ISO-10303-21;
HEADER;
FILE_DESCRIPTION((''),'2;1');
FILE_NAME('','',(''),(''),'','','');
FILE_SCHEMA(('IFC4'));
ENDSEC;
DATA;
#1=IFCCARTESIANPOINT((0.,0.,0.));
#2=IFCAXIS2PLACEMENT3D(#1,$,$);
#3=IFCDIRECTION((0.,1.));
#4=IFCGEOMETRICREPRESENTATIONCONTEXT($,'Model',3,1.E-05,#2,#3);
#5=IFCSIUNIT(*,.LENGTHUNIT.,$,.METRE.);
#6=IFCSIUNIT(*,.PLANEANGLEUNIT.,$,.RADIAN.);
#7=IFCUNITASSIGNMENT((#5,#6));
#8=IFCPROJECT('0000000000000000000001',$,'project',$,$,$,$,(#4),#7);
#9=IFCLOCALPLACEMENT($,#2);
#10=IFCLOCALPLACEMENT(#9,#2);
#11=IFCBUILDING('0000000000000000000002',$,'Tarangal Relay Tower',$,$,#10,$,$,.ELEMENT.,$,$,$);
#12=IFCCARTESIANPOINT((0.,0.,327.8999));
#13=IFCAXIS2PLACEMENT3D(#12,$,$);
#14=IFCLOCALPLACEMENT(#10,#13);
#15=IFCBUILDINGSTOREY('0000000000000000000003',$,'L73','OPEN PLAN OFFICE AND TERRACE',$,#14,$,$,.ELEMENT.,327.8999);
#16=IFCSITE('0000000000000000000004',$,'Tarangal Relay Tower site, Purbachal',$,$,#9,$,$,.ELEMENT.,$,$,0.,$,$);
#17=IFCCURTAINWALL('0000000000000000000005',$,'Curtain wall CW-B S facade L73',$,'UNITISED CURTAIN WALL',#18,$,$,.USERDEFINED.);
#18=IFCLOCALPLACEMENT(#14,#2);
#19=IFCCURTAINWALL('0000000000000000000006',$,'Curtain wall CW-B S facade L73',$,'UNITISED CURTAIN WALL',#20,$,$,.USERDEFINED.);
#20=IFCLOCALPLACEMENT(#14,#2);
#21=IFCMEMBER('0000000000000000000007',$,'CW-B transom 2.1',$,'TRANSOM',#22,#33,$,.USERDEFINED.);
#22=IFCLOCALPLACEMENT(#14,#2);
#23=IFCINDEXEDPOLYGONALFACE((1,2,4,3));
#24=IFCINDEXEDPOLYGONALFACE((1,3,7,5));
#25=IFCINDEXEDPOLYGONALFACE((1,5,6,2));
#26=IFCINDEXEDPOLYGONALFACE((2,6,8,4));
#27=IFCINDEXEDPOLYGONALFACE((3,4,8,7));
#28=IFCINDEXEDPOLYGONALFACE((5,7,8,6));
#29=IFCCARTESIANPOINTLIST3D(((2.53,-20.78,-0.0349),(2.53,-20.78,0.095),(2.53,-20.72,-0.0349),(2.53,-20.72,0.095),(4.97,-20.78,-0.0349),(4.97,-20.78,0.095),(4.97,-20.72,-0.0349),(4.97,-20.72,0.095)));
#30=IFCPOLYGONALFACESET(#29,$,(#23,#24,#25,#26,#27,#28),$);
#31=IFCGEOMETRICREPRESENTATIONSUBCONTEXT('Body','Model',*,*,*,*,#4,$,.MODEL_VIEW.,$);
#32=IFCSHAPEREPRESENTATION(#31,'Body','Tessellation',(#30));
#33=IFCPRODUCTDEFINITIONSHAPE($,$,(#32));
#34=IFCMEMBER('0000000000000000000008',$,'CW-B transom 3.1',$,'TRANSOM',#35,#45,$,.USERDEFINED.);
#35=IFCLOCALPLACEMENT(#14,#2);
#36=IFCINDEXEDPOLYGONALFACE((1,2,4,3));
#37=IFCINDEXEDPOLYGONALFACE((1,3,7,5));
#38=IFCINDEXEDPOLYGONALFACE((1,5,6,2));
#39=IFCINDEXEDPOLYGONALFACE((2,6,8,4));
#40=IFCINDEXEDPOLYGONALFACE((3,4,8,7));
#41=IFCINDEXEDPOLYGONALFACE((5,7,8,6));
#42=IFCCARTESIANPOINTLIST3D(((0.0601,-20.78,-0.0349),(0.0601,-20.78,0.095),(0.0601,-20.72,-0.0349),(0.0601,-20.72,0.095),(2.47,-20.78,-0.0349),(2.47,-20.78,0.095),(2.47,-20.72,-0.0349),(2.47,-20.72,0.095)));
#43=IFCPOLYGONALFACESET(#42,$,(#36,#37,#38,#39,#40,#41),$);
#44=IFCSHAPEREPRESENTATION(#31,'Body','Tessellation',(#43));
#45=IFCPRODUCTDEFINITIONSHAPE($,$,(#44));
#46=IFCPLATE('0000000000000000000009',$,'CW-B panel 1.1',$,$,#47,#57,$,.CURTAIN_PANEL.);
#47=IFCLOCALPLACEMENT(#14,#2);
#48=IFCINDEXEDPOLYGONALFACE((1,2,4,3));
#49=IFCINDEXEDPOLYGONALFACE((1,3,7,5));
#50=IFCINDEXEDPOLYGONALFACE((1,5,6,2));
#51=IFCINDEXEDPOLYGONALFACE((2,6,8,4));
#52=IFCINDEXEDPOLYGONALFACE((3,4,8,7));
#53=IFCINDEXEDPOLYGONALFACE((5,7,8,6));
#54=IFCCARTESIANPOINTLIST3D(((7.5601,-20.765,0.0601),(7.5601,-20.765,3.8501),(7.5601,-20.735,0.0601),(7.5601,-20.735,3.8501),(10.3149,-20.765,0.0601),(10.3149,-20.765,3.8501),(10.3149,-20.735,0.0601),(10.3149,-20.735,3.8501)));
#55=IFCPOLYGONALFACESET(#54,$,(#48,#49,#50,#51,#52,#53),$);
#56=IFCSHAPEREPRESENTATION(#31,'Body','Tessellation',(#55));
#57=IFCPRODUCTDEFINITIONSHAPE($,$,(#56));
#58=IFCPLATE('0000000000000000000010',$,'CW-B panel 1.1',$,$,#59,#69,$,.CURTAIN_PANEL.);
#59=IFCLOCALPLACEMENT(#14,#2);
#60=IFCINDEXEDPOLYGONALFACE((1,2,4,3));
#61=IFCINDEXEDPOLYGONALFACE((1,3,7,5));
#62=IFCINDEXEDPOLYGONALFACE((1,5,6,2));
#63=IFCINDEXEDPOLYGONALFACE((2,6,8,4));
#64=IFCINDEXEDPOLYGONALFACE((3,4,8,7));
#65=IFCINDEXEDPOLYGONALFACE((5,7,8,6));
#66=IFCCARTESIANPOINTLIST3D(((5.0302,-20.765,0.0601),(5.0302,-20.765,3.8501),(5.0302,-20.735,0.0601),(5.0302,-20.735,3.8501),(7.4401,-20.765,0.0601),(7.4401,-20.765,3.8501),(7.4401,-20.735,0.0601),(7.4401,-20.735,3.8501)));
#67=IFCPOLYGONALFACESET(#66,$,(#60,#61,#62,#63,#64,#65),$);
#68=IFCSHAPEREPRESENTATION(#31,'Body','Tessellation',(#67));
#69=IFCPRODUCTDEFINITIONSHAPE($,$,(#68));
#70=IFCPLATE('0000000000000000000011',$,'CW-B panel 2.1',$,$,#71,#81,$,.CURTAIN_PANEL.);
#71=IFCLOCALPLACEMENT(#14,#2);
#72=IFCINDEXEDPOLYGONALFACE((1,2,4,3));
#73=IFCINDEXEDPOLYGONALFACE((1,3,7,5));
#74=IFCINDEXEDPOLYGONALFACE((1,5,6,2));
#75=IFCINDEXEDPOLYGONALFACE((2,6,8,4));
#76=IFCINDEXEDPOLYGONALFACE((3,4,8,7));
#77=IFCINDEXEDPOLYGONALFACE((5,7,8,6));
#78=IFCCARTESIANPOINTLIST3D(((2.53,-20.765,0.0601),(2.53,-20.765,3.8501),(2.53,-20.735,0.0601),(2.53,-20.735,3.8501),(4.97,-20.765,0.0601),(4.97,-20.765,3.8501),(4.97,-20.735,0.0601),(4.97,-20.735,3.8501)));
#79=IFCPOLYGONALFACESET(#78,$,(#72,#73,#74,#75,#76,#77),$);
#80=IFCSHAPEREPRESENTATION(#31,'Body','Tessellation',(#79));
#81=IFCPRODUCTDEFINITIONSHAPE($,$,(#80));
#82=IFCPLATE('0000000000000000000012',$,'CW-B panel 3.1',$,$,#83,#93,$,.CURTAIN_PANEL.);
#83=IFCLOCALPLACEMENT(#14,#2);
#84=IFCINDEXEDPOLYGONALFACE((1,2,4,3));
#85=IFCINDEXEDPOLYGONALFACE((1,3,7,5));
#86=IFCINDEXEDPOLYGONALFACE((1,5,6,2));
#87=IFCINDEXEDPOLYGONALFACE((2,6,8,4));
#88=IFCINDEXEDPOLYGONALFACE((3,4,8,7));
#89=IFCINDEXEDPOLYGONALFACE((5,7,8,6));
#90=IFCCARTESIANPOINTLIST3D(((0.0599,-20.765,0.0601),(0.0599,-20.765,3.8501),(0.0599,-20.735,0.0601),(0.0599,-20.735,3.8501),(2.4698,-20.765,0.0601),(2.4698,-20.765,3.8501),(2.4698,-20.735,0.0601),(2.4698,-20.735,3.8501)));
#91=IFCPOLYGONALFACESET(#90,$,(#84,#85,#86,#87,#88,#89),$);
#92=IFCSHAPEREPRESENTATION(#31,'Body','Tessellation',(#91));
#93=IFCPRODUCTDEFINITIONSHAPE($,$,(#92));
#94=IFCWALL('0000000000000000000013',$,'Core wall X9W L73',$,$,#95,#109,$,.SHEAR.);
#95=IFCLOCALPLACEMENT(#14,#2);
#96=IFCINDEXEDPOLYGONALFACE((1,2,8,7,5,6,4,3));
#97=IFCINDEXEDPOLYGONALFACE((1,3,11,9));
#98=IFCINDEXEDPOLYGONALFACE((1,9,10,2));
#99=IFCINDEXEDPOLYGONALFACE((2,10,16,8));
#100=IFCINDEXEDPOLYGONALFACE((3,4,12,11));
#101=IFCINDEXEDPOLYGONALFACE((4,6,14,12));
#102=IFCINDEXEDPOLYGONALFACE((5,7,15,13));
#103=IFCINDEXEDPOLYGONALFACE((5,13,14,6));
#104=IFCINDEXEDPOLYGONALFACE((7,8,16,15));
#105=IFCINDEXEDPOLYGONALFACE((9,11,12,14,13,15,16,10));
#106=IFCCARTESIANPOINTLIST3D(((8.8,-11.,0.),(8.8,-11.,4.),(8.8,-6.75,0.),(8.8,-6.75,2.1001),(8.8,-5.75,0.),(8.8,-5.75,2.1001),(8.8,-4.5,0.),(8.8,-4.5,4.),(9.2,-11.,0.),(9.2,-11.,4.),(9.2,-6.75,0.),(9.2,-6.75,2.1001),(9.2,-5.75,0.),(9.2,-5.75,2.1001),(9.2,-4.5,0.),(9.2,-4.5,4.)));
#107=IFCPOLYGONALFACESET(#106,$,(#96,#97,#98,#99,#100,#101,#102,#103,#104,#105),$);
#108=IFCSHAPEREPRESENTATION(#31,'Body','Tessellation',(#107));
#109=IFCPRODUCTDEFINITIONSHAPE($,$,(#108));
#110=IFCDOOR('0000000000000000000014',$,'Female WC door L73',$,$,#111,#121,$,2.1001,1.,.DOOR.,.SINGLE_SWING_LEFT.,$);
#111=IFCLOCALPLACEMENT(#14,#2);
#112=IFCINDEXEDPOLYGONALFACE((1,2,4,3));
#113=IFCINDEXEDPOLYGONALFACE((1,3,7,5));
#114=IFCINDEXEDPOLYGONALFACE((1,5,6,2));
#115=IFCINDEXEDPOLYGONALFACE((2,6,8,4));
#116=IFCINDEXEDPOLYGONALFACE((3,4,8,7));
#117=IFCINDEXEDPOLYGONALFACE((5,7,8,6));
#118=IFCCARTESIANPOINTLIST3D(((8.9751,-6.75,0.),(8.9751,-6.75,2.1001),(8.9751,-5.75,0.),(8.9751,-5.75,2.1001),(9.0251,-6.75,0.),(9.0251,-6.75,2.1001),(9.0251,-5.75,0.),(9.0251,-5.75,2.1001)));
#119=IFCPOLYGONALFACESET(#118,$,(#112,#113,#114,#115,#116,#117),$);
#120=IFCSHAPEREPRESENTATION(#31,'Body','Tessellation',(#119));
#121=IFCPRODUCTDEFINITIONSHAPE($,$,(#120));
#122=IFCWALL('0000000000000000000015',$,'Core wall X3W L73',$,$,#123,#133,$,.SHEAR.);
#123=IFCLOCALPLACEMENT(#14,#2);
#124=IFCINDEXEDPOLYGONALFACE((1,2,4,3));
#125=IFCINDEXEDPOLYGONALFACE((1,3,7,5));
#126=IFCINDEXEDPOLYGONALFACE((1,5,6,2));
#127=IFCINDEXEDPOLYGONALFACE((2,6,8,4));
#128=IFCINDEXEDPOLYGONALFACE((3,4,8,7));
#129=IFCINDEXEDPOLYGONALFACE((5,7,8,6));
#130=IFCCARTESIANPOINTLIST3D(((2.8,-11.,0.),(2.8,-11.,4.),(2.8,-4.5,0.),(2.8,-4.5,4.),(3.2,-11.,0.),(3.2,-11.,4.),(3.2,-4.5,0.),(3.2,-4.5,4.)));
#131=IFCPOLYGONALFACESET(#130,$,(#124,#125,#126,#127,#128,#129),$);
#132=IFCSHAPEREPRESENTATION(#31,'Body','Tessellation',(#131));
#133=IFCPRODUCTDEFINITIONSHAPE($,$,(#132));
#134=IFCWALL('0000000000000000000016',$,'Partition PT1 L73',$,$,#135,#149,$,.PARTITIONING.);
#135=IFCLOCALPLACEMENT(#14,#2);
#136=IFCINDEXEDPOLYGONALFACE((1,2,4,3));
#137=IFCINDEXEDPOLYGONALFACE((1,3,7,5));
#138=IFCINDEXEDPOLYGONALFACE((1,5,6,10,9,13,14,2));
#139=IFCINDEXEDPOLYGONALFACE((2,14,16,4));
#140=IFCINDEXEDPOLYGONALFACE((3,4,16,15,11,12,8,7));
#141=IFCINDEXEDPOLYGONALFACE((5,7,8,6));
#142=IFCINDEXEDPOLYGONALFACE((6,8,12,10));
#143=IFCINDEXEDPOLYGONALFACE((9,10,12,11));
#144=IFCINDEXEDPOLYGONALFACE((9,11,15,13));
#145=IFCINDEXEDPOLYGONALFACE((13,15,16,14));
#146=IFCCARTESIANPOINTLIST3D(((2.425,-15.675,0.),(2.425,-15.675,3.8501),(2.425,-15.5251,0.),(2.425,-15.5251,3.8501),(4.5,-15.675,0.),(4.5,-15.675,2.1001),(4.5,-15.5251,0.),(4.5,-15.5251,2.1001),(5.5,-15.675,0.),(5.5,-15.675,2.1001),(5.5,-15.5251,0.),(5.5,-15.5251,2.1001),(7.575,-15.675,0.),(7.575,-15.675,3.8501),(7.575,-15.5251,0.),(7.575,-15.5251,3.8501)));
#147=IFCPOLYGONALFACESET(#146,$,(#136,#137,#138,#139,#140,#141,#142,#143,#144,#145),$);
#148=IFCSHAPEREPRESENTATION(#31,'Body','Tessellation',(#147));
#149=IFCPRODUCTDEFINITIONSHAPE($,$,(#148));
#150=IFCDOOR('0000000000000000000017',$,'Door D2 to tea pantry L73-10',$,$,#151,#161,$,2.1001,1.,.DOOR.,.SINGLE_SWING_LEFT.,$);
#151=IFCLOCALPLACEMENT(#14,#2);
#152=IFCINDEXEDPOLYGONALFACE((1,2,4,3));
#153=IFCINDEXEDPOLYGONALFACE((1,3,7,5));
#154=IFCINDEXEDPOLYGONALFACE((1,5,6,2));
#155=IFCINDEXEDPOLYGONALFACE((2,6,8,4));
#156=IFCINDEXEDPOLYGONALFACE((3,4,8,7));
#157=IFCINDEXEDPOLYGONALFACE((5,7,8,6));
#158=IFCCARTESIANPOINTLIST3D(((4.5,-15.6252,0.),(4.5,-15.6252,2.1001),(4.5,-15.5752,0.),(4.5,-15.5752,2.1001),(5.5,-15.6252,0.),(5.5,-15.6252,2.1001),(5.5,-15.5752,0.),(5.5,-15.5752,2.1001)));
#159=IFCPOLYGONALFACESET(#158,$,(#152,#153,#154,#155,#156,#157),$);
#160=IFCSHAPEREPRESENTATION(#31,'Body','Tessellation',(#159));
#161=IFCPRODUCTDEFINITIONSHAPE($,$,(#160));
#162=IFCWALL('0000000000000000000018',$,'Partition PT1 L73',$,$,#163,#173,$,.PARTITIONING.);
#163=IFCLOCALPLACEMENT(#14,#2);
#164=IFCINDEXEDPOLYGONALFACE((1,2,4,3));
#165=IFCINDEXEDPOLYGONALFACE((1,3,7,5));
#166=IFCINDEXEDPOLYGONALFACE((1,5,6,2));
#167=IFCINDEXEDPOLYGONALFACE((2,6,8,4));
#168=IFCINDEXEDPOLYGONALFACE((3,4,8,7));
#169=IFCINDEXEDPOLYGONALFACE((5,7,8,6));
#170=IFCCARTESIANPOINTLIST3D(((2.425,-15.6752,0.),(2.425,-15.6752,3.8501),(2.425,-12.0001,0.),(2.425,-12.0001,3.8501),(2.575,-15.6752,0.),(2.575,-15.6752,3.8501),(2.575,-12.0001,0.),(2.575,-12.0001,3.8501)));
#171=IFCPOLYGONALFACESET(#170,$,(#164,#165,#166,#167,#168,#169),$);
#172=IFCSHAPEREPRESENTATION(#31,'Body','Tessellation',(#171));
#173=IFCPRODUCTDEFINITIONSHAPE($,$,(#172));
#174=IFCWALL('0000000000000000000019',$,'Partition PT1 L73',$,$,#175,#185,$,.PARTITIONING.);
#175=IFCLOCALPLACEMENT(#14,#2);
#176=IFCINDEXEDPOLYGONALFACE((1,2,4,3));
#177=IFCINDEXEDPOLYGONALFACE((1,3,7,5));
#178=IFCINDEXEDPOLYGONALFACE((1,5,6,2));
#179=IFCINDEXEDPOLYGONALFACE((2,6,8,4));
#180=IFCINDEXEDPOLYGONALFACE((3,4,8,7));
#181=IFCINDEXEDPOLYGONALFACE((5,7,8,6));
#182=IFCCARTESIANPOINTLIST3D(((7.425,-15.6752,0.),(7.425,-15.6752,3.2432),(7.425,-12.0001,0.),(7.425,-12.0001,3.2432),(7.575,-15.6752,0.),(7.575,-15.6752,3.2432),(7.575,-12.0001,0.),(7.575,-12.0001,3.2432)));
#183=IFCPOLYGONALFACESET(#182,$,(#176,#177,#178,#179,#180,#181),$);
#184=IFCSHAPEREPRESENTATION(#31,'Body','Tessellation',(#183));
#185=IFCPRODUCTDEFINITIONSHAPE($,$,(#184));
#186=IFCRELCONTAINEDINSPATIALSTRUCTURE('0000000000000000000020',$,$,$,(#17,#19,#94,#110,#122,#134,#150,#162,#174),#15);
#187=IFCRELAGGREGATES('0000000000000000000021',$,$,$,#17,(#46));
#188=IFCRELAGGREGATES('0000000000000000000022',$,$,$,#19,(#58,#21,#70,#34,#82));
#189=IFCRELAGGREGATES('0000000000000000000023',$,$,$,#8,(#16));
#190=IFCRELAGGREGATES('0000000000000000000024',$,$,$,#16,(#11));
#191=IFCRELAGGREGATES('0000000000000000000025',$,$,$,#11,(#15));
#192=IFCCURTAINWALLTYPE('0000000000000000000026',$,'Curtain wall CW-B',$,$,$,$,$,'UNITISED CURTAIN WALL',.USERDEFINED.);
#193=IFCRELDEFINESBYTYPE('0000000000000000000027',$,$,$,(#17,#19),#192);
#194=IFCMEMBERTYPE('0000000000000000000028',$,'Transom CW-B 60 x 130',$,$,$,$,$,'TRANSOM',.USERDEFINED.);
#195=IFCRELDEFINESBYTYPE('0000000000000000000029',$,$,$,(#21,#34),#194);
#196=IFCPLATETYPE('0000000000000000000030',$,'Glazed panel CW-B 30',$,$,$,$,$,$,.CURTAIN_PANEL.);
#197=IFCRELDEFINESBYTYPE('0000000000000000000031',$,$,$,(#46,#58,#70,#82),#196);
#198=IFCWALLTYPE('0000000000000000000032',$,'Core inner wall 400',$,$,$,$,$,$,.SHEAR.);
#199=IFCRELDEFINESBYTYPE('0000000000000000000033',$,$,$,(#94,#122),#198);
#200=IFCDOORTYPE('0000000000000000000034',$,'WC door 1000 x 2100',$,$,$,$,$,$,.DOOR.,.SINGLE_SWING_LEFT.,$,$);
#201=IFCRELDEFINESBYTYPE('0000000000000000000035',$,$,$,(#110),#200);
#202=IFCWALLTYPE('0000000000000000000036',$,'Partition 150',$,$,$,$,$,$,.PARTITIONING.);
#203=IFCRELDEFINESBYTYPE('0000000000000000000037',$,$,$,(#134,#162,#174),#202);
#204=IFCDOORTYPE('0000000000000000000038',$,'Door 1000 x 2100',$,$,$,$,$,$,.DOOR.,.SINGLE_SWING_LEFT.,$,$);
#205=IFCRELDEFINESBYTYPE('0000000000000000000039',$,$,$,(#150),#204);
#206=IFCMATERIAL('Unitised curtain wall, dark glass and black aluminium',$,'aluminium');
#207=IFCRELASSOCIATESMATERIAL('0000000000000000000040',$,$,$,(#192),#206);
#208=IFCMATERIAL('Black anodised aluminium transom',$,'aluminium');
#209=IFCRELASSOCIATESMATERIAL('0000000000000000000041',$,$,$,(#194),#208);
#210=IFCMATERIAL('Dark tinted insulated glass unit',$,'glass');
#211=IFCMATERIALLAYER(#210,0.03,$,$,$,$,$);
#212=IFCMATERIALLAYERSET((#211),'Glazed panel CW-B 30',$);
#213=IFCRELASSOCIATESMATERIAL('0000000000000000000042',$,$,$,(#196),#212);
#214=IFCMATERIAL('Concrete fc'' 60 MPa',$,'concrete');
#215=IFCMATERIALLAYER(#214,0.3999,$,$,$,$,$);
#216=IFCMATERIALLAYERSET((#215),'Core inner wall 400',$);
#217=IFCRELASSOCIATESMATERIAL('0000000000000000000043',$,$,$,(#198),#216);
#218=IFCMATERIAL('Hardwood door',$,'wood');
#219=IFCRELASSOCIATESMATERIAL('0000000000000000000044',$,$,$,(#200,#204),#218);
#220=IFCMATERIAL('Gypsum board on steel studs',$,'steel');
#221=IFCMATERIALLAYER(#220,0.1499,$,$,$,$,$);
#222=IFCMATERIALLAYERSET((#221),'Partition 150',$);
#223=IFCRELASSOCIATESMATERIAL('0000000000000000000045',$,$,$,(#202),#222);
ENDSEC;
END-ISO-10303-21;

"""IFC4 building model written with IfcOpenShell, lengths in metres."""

from ifc_helpers import new_model, si_unit, direction, frame, frame_2d, origin, origin_2d, place, context, subcontext, project, spatial, rectangle, extrude, material, layer, layer_set, material_profile, profile_set, type_object, element, fill, aggregate, save


model = new_model("IFC4")

# Units and contexts
model_context = context("Model", 3, precision=1e-05, world=origin(), true_north=direction((0.0, 1.0)))
body_context = subcontext(model_context, "Body", "Model", "MODEL_VIEW")
ifc_project = project(units=[si_unit("LENGTHUNIT", "METRE"), si_unit("PLANEANGLEUNIT", "RADIAN")], contexts=[model_context])

# Site, building, storey
site_placement = place(None, origin())
site = spatial("IfcSite", under=ifc_project, at=site_placement, Name="Tarangal Relay Tower site, Purbachal", CompositionType="ELEMENT", RefElevation=0.0)
building_placement = place(site_placement, origin())
building = spatial("IfcBuilding", under=site, at=building_placement, Name="Tarangal Relay Tower", CompositionType="ELEMENT")
storey_placement = place(building_placement, frame((0.0, 0.0, 327.8999)))
storey = spatial("IfcBuildingStorey", under=building, at=storey_placement, Name="L73", Description="OPEN PLAN OFFICE AND TERRACE", CompositionType="ELEMENT", Elevation=327.8999)

# Curtain walls
ifc_material_1 = material(Name="Unitised curtain wall, dark glass and black aluminium", Category="aluminium")
curtain_wall_type = type_object("IfcCurtainWallType", Name="Curtain wall CW-B", ElementType="UNITISED CURTAIN WALL", PredefinedType="USERDEFINED", material=ifc_material_1)
curtain_wall_1_placement = place(storey_placement, origin())
curtain_wall_1 = element("IfcCurtainWall", 1, at=curtain_wall_1_placement, inside=storey, type_object=curtain_wall_type, Name="Curtain wall CW-B S facade L73", ObjectType="UNITISED CURTAIN WALL", PredefinedType="USERDEFINED")
curtain_wall_2_placement = place(storey_placement, origin())
curtain_wall_2 = element("IfcCurtainWall", 2, at=curtain_wall_2_placement, inside=storey, type_object=curtain_wall_type, Name="Curtain wall CW-B S facade L73", ObjectType="UNITISED CURTAIN WALL", PredefinedType="USERDEFINED")

# Members
ifc_material_2 = material(Name="Black anodised aluminium transom", Category="aluminium")
ifc_material_profile_1 = material_profile(ifc_material_2, rectangle(XDim=0.0601, YDim=0.1299, at=origin_2d()), Name="CW-BT 60X130")
ifc_profile_set_1 = profile_set([ifc_material_profile_1], Name="Black anodised aluminium transom")
member_type_1 = type_object("IfcMemberType", Name="Transom CW-B 60 x 130", ElementType="TRANSOM", PredefinedType="USERDEFINED", material=ifc_profile_set_1)
member_1_placement = place(storey_placement, frame((4.97, -20.75, 0.03), z_axis=(-1.0, 0.0, 0.0), x_axis=(0.0, -1.0, 0.0)))
member_1 = element("IfcMember", 3, at=member_1_placement, type_object=member_type_1, Name="CW-B transom 2.1", ObjectType="TRANSOM", PredefinedType="USERDEFINED", context=body_context, shape_type="SweptSolid", body=[
    extrude(rectangle(XDim=0.0601, YDim=0.1299, at=origin_2d()), origin(), (0.0, 0.0, 1.0), 2.4399),
])
member_2_placement = place(storey_placement, frame((2.47, -20.75, 0.03), z_axis=(-1.0, 0.0, 0.0), x_axis=(0.0, -1.0, 0.0)))
member_2 = element("IfcMember", 4, at=member_2_placement, type_object=member_type_1, Name="CW-B transom 3.1", ObjectType="TRANSOM", PredefinedType="USERDEFINED", context=body_context, shape_type="SweptSolid", body=[
    extrude(rectangle(XDim=0.0601, YDim=0.1299, at=origin_2d()), origin(), (0.0, 0.0, 1.0), 2.4099),
])

# Plates
ifc_material_3 = material(Name="Dark tinted insulated glass unit", Category="glass")
ifc_layer_1 = layer(ifc_material_3, 0.03)
ifc_layer_set_1 = layer_set([ifc_layer_1], Name="Glazed panel CW-B 30")
plate_type = type_object("IfcPlateType", Name="Glazed panel CW-B 30", PredefinedType="CURTAIN_PANEL", material=ifc_layer_set_1)
plate_1_placement = place(storey_placement, frame((8.9375, -20.75, 0.0601), z_axis=(0.0, 0.0, 1.0), x_axis=(-1.0, 0.0, 0.0)))
plate_1 = element("IfcPlate", 5, at=plate_1_placement, type_object=plate_type, Name="CW-B panel 1.1", PredefinedType="CURTAIN_PANEL", context=body_context, shape_type="SweptSolid", body=[
    extrude(rectangle(XDim=2.7549, YDim=0.03, at=origin_2d()), origin(), (0.0, 0.0, 1.0), 3.79),
])
aggregate(curtain_wall_1, [plate_1])
plate_2_placement = place(storey_placement, frame((6.2351, -20.75, 0.0601), z_axis=(0.0, 0.0, 1.0), x_axis=(-1.0, 0.0, 0.0)))
plate_2 = element("IfcPlate", 6, at=plate_2_placement, type_object=plate_type, Name="CW-B panel 1.1", PredefinedType="CURTAIN_PANEL", context=body_context, shape_type="SweptSolid", body=[
    extrude(rectangle(XDim=2.4099, YDim=0.03, at=origin_2d()), origin(), (0.0, 0.0, 1.0), 3.79),
])
plate_3_placement = place(storey_placement, frame((3.75, -20.75, 0.0601), z_axis=(0.0, 0.0, 1.0), x_axis=(-1.0, 0.0, 0.0)))
plate_3 = element("IfcPlate", 7, at=plate_3_placement, type_object=plate_type, Name="CW-B panel 2.1", PredefinedType="CURTAIN_PANEL", context=body_context, shape_type="SweptSolid", body=[
    extrude(rectangle(XDim=2.4399, YDim=0.03, at=origin_2d()), origin(), (0.0, 0.0, 1.0), 3.79),
])
plate_4_placement = place(storey_placement, frame((1.2649, -20.75, 0.0601), z_axis=(0.0, 0.0, 1.0), x_axis=(-1.0, 0.0, 0.0)))
plate_4 = element("IfcPlate", 8, at=plate_4_placement, type_object=plate_type, Name="CW-B panel 3.1", PredefinedType="CURTAIN_PANEL", context=body_context, shape_type="SweptSolid", body=[
    extrude(rectangle(XDim=2.4099, YDim=0.03, at=origin_2d()), origin(), (0.0, 0.0, 1.0), 3.79),
])
aggregate(curtain_wall_2, [plate_2, member_1, plate_3, member_2, plate_4])

# Wall, opening, door
ifc_material_4 = material(Name="Concrete fc' 60 MPa", Category="concrete")
ifc_layer_2 = layer(ifc_material_4, 0.3999)
ifc_layer_set_2 = layer_set([ifc_layer_2], Name="Core inner wall 400")
wall_type_1 = type_object("IfcWallType", Name="Core inner wall 400", PredefinedType="SHEAR", material=ifc_layer_set_2)
wall_1_placement = place(storey_placement, frame((9.0, -11.0, 0.0), z_axis=(0.0, 0.0, 1.0), x_axis=(0.0, 1.0, 0.0)))
wall_1 = element("IfcWall", 9, at=wall_1_placement, inside=storey, type_object=wall_type_1, Name="Core wall X9W L73", PredefinedType="SHEAR", context=body_context, shape_type="SweptSolid", body=[
    extrude(rectangle(XDim=6.5, YDim=0.3999, at=frame_2d((3.25, 0.0))), origin(), (0.0, 0.0, 1.0), 4.0),
])
opening_1_placement = place(wall_1_placement, frame((4.25, 0.0, 0.0)))
opening_1 = element("IfcOpeningElement", 10, at=opening_1_placement, cuts=wall_1, PredefinedType="OPENING", context=body_context, shape_type="SweptSolid", body=[
    extrude(rectangle(XDim=1.0, YDim=2.1001, at=frame_2d((0.5, 1.05))), frame((0.0, 0.21, 0.0), z_axis=(0.0, -1.0, 0.0), x_axis=(1.0, 0.0, 0.0)), (0.0, 0.0, 1.0), 0.4199),
])
ifc_material_5 = material(Name="Hardwood door", Category="wood")
door_type_1 = type_object("IfcDoorType", Name="WC door 1000 x 2100", OperationType="SINGLE_SWING_LEFT", PredefinedType="DOOR", material=ifc_material_5)
door_1_placement = place(opening_1_placement, origin())
door_1 = element("IfcDoor", 11, at=door_1_placement, inside=storey, type_object=door_type_1, Name="Female WC door L73", OperationType="SINGLE_SWING_LEFT", OverallHeight=2.1001, OverallWidth=1.0, PredefinedType="DOOR", context=body_context, shape_type="SweptSolid", body=[
    extrude(rectangle(XDim=1.0, YDim=2.1001, at=frame_2d((0.5, 1.05))), frame((0.0, 0.0249, 0.0), z_axis=(0.0, -1.0, 0.0), x_axis=(1.0, 0.0, 0.0)), (0.0, 0.0, 1.0), 0.05),
])
fill(opening_1, door_1)

# Wall
wall_2_placement = place(storey_placement, frame((3.0, -11.0, 0.0), z_axis=(0.0, 0.0, 1.0), x_axis=(0.0, 1.0, 0.0)))
element("IfcWall", 12, at=wall_2_placement, inside=storey, type_object=wall_type_1, Name="Core wall X3W L73", PredefinedType="SHEAR", context=body_context, shape_type="SweptSolid", body=[
    extrude(rectangle(XDim=6.5, YDim=0.3999, at=frame_2d((3.25, 0.0))), origin(), (0.0, 0.0, 1.0), 4.0),
])

# Wall, opening, door
ifc_material_6 = material(Name="Gypsum board on steel studs", Category="steel")
ifc_layer_3 = layer(ifc_material_6, 0.1499)
ifc_layer_set_3 = layer_set([ifc_layer_3], Name="Partition 150")
wall_type_2 = type_object("IfcWallType", Name="Partition 150", PredefinedType="PARTITIONING", material=ifc_layer_set_3)
wall_3_placement = place(storey_placement, frame((2.425, -15.6001, 0.0), z_axis=(0.0, 0.0, 1.0), x_axis=(1.0, 0.0, 0.0)))
wall_3 = element("IfcWall", 13, at=wall_3_placement, inside=storey, type_object=wall_type_2, Name="Partition PT1 L73", PredefinedType="PARTITIONING", context=body_context, shape_type="SweptSolid", body=[
    extrude(rectangle(XDim=5.1499, YDim=0.1499, at=frame_2d((2.575, 0.0))), origin(), (0.0, 0.0, 1.0), 3.8501),
])
opening_2_placement = place(wall_3_placement, frame((2.075, 0.0, 0.0)))
opening_2 = element("IfcOpeningElement", 14, at=opening_2_placement, cuts=wall_3, PredefinedType="OPENING", context=body_context, shape_type="SweptSolid", body=[
    extrude(rectangle(XDim=1.0, YDim=2.1001, at=frame_2d((0.5, 1.05))), frame((0.0, 0.085, 0.0), z_axis=(0.0, -1.0, 0.0), x_axis=(1.0, 0.0, 0.0)), (0.0, 0.0, 1.0), 0.1699),
])
door_type_2 = type_object("IfcDoorType", Name="Door 1000 x 2100", OperationType="SINGLE_SWING_LEFT", PredefinedType="DOOR", material=ifc_material_5)
door_2_placement = place(opening_2_placement, origin())
door_2 = element("IfcDoor", 15, at=door_2_placement, inside=storey, type_object=door_type_2, Name="Door D2 to tea pantry L73-10", OperationType="SINGLE_SWING_LEFT", OverallHeight=2.1001, OverallWidth=1.0, PredefinedType="DOOR", context=body_context, shape_type="SweptSolid", body=[
    extrude(rectangle(XDim=1.0, YDim=2.1001, at=frame_2d((0.5, 1.05))), frame((0.0, 0.0249, 0.0), z_axis=(0.0, -1.0, 0.0), x_axis=(1.0, 0.0, 0.0)), (0.0, 0.0, 1.0), 0.05),
])
fill(opening_2, door_2)

# Walls
wall_4_placement = place(storey_placement, frame((2.5, -15.675, 0.0), z_axis=(0.0, 0.0, 1.0), x_axis=(0.0, 1.0, 0.0)))
element("IfcWall", 16, at=wall_4_placement, inside=storey, type_object=wall_type_2, Name="Partition PT1 L73", PredefinedType="PARTITIONING", context=body_context, shape_type="SweptSolid", body=[
    extrude(rectangle(XDim=3.675, YDim=0.1499, at=frame_2d((1.8374, 0.0))), origin(), (0.0, 0.0, 1.0), 3.8501),
])
wall_5_placement = place(storey_placement, frame((7.5, -15.675, 0.0), z_axis=(0.0, 0.0, 1.0), x_axis=(0.0, 1.0, 0.0)))
element("IfcWall", 17, at=wall_5_placement, inside=storey, type_object=wall_type_2, Name="Partition PT1 L73", PredefinedType="PARTITIONING", context=body_context, shape_type="SweptSolid", body=[
    extrude(rectangle(XDim=3.675, YDim=0.1499, at=frame_2d((1.8374, 0.0))), origin(), (0.0, 0.0, 1.0), 3.2432),
])

save(model, "model.ifc")
